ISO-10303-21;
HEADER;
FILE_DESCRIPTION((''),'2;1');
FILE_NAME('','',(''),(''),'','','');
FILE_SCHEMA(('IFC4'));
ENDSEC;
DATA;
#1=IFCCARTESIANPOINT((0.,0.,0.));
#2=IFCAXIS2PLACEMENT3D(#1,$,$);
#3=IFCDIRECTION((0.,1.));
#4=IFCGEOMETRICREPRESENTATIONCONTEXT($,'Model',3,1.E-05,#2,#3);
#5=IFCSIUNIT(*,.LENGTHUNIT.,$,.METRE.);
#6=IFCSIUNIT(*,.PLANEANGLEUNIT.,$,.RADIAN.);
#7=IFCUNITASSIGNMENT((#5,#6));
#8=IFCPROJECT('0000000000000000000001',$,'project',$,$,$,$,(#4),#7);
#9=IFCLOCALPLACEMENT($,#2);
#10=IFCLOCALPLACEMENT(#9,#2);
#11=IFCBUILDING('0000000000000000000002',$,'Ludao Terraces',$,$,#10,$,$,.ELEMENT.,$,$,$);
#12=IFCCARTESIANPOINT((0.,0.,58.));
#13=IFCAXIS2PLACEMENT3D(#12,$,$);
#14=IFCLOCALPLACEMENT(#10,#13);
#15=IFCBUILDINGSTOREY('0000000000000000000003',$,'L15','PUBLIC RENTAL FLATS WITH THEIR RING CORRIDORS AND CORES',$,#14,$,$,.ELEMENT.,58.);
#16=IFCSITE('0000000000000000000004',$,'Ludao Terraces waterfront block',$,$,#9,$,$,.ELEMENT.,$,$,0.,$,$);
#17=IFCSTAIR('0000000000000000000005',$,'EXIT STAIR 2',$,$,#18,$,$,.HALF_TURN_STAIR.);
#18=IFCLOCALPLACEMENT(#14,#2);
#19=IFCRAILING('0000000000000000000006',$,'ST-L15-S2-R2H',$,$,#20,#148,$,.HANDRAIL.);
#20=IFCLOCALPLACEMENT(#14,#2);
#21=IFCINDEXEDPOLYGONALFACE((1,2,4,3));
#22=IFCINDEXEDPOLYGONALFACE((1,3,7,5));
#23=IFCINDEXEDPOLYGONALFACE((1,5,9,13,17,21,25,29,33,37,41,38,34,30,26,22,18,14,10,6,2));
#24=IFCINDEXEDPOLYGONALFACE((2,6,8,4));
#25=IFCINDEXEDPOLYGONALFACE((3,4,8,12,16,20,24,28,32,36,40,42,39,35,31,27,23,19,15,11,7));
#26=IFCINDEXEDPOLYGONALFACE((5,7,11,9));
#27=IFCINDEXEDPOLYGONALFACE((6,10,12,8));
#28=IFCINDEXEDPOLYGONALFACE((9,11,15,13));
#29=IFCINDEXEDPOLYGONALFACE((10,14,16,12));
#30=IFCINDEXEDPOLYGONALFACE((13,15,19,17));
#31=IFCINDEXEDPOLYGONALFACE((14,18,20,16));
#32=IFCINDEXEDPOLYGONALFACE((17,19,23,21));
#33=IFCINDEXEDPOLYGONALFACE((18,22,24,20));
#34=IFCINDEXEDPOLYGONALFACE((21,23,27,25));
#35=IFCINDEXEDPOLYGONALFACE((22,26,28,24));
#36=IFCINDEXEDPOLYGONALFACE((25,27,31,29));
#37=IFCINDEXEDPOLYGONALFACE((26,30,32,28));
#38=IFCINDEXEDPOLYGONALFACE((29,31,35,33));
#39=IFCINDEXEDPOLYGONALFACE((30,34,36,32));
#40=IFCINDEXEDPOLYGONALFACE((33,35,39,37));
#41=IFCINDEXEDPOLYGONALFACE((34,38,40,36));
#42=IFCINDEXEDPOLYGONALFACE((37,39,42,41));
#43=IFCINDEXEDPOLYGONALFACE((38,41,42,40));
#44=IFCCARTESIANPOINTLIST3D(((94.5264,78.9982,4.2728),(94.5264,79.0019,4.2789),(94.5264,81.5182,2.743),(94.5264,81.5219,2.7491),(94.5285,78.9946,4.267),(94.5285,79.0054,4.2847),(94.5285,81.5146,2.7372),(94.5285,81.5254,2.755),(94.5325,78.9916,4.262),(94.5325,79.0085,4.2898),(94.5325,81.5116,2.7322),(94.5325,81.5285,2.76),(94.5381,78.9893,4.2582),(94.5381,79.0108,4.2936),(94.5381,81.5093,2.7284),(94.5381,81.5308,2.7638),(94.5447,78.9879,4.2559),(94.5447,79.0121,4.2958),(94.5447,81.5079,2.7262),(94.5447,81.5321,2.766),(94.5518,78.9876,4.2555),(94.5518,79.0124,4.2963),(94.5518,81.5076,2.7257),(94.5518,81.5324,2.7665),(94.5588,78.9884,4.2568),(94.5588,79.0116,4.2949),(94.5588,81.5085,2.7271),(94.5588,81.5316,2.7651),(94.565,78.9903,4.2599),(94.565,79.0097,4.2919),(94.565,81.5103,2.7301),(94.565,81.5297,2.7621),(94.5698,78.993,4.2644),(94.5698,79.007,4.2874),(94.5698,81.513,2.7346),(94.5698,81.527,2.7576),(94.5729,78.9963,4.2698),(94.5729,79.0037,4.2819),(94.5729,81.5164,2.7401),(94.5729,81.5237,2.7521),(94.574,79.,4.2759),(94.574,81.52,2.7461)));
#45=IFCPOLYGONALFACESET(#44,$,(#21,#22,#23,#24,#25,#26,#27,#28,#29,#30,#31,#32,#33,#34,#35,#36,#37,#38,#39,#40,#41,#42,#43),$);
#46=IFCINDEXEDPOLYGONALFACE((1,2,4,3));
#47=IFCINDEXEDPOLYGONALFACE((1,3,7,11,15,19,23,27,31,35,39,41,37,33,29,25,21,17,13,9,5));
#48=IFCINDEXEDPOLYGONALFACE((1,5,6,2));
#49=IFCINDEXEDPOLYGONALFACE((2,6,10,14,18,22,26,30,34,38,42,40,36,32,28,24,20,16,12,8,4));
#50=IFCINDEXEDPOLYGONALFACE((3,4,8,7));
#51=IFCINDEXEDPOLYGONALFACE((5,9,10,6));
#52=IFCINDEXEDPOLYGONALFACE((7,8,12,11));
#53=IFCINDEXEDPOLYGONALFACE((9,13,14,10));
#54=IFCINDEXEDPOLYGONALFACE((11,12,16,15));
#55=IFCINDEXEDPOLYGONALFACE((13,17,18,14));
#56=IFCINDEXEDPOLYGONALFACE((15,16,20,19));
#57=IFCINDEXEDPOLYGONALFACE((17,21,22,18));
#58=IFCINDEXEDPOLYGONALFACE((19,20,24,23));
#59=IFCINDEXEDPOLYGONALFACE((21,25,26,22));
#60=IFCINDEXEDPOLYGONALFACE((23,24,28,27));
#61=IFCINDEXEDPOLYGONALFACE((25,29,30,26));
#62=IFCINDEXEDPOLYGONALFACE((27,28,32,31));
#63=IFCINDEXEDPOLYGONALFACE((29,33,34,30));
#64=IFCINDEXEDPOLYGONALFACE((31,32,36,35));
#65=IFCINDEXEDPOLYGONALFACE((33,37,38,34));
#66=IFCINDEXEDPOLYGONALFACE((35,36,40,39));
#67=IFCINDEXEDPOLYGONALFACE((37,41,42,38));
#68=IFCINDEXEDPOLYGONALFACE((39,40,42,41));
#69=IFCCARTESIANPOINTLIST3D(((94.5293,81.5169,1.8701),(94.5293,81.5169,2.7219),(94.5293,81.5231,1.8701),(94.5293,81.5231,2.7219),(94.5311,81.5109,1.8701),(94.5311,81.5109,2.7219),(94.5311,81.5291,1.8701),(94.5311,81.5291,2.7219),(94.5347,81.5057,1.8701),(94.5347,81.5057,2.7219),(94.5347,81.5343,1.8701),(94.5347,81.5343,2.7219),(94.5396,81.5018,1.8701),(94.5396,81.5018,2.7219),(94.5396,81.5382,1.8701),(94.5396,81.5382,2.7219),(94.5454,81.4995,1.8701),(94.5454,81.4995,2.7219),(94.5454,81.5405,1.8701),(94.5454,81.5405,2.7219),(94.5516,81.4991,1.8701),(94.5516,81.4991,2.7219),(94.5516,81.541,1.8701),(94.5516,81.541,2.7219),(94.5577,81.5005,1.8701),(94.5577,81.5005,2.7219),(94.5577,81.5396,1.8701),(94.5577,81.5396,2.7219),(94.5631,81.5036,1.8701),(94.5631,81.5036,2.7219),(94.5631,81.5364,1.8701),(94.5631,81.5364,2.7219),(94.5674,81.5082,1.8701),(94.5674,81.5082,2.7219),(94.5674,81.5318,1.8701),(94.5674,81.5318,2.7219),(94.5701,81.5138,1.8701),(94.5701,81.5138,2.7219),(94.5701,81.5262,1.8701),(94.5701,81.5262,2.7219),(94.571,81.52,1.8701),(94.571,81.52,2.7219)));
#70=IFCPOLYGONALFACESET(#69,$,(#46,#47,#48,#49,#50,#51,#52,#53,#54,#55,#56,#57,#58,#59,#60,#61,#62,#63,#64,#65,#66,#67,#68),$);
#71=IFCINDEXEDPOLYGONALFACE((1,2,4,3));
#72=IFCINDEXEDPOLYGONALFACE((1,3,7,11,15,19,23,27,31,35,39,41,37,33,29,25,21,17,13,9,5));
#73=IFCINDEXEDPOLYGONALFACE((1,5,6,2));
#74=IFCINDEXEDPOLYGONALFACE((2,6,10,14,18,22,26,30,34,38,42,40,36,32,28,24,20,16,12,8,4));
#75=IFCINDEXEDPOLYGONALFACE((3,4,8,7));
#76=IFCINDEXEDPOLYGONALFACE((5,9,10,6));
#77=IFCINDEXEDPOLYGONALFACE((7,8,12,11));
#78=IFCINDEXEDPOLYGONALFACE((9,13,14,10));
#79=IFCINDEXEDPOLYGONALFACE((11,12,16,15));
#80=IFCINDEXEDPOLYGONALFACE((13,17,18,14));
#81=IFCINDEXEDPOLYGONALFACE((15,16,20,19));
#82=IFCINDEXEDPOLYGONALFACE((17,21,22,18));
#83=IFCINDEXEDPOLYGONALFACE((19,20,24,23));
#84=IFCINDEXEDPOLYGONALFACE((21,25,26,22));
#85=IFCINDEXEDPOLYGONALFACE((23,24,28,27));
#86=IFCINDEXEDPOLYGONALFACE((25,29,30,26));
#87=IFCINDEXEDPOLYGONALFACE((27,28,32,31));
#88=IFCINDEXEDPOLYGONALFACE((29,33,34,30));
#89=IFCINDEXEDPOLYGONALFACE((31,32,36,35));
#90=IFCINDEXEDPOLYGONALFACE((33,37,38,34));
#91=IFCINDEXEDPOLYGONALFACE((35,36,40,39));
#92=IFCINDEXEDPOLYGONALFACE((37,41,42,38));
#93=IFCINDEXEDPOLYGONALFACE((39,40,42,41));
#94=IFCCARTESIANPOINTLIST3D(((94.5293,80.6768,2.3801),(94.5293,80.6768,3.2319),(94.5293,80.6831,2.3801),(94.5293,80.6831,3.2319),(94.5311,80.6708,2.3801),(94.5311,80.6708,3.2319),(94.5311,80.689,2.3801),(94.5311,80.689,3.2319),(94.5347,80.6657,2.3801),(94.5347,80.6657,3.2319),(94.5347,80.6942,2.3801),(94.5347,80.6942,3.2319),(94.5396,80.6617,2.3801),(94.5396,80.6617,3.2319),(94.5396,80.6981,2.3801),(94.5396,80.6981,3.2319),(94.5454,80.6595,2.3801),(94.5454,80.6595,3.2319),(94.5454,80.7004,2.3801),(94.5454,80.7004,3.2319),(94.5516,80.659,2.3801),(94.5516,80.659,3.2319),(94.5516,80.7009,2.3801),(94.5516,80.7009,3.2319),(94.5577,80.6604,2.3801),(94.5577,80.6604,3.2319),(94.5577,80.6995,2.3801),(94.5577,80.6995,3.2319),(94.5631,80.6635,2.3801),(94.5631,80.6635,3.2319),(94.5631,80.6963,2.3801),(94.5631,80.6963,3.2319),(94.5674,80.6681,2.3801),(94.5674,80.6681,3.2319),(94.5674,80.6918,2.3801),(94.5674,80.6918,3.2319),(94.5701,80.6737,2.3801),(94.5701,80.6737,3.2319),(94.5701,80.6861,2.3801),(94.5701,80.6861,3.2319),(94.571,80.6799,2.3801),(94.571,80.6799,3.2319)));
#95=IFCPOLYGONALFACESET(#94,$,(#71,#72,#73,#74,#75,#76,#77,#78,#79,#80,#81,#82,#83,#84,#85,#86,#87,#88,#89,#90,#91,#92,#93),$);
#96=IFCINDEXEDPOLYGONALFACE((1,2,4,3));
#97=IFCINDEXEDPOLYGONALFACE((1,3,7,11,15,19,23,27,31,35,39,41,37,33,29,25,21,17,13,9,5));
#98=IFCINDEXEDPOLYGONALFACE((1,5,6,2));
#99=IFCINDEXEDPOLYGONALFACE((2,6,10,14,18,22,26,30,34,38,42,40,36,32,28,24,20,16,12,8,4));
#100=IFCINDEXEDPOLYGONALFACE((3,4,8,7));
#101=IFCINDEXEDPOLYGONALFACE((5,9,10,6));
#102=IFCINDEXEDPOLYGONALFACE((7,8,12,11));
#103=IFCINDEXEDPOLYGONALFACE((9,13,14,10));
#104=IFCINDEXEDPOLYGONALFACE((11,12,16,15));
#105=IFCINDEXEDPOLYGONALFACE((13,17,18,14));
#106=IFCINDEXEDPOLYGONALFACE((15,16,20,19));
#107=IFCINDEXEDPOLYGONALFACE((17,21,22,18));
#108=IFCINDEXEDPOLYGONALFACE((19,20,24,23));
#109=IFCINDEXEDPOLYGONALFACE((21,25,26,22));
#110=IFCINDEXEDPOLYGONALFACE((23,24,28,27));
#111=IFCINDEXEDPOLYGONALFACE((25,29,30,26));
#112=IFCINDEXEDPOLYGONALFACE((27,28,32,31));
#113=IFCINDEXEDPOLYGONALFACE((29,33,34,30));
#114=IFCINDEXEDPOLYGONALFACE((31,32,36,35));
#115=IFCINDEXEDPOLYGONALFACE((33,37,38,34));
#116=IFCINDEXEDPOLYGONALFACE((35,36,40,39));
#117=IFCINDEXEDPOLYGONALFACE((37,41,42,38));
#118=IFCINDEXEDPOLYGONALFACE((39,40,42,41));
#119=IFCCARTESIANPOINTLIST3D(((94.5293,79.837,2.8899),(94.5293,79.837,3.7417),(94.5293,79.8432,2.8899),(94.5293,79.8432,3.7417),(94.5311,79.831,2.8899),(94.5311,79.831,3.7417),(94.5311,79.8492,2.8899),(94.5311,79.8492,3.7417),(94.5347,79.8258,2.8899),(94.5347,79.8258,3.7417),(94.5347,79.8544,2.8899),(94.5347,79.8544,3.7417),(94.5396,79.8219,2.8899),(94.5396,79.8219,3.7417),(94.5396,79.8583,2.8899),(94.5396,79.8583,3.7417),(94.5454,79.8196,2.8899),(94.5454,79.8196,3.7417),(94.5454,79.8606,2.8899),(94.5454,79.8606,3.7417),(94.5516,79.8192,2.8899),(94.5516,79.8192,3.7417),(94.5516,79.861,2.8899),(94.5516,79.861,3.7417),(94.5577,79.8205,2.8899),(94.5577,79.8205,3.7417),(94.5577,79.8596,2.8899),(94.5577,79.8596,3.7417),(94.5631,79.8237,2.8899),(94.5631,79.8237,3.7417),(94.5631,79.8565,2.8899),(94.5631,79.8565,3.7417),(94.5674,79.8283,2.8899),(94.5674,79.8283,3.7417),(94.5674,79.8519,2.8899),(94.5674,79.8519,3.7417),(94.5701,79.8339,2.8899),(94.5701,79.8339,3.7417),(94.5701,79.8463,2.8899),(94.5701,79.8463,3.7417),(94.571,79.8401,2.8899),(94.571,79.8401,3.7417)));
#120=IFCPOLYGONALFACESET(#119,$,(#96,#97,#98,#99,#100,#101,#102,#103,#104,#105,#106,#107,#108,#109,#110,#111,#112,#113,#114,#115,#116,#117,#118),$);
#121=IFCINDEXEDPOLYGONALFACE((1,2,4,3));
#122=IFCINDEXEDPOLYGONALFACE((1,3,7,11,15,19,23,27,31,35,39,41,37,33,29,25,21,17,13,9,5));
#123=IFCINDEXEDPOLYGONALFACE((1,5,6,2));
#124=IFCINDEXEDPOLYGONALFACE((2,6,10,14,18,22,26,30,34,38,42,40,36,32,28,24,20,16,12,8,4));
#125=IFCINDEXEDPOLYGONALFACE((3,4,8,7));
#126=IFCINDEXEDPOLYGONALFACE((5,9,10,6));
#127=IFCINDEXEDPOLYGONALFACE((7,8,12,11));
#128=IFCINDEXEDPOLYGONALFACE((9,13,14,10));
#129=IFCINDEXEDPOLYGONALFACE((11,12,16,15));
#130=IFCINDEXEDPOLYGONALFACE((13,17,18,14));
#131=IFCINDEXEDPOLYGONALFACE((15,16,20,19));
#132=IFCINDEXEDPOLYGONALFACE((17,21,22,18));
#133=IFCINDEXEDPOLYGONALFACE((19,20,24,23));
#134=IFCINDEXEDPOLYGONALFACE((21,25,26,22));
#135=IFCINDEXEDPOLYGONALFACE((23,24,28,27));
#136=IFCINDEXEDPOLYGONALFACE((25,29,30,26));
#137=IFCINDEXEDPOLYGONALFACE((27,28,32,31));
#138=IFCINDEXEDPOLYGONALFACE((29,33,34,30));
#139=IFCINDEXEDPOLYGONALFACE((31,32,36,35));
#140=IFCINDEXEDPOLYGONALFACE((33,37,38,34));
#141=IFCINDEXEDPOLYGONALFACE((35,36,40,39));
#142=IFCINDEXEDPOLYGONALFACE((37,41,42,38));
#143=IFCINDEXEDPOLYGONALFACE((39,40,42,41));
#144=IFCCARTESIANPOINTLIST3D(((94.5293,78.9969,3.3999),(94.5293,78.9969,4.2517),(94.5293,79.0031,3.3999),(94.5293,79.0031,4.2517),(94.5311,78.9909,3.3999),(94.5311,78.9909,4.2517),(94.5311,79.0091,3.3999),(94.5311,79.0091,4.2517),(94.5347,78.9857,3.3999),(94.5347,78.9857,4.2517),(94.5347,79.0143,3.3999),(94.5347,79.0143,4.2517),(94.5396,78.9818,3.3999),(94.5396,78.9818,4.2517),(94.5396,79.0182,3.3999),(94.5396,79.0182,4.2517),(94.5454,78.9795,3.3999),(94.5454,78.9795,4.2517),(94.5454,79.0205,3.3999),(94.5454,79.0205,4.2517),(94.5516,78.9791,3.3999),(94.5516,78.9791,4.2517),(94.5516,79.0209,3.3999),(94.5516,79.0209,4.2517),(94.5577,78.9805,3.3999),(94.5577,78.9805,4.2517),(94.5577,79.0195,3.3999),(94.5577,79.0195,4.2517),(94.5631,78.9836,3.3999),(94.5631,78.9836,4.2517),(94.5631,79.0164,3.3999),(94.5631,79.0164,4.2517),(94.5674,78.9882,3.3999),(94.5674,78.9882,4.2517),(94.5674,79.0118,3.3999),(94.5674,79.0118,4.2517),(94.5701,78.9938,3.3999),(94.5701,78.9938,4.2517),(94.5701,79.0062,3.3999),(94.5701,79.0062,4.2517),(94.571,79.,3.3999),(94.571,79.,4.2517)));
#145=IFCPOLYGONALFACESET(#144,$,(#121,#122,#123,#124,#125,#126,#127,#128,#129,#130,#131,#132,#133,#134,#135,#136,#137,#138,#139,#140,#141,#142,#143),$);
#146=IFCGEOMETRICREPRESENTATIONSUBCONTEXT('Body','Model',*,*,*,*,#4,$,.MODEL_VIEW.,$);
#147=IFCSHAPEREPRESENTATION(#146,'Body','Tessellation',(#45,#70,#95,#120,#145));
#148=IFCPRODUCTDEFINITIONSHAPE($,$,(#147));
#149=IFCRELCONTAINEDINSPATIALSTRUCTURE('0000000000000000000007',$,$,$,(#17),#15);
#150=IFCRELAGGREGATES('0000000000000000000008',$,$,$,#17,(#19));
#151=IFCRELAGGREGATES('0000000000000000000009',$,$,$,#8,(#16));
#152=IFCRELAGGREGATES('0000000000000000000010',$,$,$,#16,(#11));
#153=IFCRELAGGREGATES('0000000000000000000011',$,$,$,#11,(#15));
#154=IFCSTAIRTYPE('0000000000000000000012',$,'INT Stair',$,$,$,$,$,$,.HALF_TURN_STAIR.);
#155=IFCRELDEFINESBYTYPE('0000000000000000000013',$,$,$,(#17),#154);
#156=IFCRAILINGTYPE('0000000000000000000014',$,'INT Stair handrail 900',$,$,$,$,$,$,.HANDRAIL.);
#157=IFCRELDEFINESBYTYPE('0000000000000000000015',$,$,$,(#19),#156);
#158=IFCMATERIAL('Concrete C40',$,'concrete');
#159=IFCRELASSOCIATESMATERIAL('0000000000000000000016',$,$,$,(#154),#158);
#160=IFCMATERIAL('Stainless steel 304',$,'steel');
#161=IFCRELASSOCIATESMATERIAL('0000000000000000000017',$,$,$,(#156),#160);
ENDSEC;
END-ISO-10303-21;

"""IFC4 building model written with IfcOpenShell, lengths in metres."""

from ifc_helpers import new_model, si_unit, direction, frame, origin, origin_2d, place, context, subcontext, project, spatial, circle, extrude, material, type_object, element, aggregate, save


model = new_model("IFC4")

# Units and contexts
model_context = context("Model", 3, precision=1e-05, world=origin(), true_north=direction((0.0, 1.0)))
body_context = subcontext(model_context, "Body", "Model", "MODEL_VIEW")
ifc_project = project(units=[si_unit("LENGTHUNIT", "METRE"), si_unit("PLANEANGLEUNIT", "RADIAN")], contexts=[model_context])

# Site, building, storey
site_placement = place(None, origin())
site = spatial("IfcSite", under=ifc_project, at=site_placement, Name="Ludao Terraces waterfront block", CompositionType="ELEMENT", RefElevation=0.0)
building_placement = place(site_placement, origin())
building = spatial("IfcBuilding", under=site, at=building_placement, Name="Ludao Terraces", CompositionType="ELEMENT")
storey_placement = place(building_placement, frame((0.0, 0.0, 58.0)))
storey = spatial("IfcBuildingStorey", under=building, at=storey_placement, Name="L15", Description="PUBLIC RENTAL FLATS WITH THEIR RING CORRIDORS AND CORES", CompositionType="ELEMENT", Elevation=58.0)

# Shared definitions
ifc_material_1 = material(Name="Concrete C40", Category="concrete")

# Shared definitions
ifc_material_2 = material(Name="Stainless steel 304", Category="steel")

# Stair, railing
stair_type = type_object("IfcStairType", Name="INT Stair", PredefinedType="HALF_TURN_STAIR", material=ifc_material_1)
stair_placement = place(storey_placement, origin())
stair = element("IfcStair", 1, at=stair_placement, inside=storey, type_object=stair_type, Name="EXIT STAIR 2", PredefinedType="HALF_TURN_STAIR")
railing_type_1 = type_object("IfcRailingType", Name="INT Stair handrail 900", PredefinedType="HANDRAIL", material=ifc_material_2)
railing_1_placement = place(storey_placement, frame((94.55, 81.52, 1.8701)))
railing_1 = element("IfcRailing", 2, at=railing_1_placement, type_object=railing_type_1, Name="ST-L15-S2-R2H", PredefinedType="HANDRAIL", context=body_context, shape_type="SweptSolid", body=[
    extrude(circle(Radius=0.0239, at=origin_2d()), frame((0.0, 0.0, 0.876), z_axis=(0.0, -0.854822, 0.518922), x_axis=(1.0, 0.0, 0.0)), (0.0, 0.0, 1.0), 2.948),
    extrude(circle(Radius=0.021, at=origin_2d()), origin(), (0.0, 0.0, 1.0), 0.8518),
    extrude(circle(Radius=0.021, at=origin_2d()), frame((0.0, -0.8401, 0.51)), (0.0, 0.0, 1.0), 0.8518),
    extrude(circle(Radius=0.021, at=origin_2d()), frame((0.0, -1.6799, 1.0198)), (0.0, 0.0, 1.0), 0.8518),
    extrude(circle(Radius=0.021, at=origin_2d()), frame((0.0, -2.52, 1.5298)), (0.0, 0.0, 1.0), 0.8518),
])
aggregate(stair, [railing_1])

save(model, "model.ifc")
